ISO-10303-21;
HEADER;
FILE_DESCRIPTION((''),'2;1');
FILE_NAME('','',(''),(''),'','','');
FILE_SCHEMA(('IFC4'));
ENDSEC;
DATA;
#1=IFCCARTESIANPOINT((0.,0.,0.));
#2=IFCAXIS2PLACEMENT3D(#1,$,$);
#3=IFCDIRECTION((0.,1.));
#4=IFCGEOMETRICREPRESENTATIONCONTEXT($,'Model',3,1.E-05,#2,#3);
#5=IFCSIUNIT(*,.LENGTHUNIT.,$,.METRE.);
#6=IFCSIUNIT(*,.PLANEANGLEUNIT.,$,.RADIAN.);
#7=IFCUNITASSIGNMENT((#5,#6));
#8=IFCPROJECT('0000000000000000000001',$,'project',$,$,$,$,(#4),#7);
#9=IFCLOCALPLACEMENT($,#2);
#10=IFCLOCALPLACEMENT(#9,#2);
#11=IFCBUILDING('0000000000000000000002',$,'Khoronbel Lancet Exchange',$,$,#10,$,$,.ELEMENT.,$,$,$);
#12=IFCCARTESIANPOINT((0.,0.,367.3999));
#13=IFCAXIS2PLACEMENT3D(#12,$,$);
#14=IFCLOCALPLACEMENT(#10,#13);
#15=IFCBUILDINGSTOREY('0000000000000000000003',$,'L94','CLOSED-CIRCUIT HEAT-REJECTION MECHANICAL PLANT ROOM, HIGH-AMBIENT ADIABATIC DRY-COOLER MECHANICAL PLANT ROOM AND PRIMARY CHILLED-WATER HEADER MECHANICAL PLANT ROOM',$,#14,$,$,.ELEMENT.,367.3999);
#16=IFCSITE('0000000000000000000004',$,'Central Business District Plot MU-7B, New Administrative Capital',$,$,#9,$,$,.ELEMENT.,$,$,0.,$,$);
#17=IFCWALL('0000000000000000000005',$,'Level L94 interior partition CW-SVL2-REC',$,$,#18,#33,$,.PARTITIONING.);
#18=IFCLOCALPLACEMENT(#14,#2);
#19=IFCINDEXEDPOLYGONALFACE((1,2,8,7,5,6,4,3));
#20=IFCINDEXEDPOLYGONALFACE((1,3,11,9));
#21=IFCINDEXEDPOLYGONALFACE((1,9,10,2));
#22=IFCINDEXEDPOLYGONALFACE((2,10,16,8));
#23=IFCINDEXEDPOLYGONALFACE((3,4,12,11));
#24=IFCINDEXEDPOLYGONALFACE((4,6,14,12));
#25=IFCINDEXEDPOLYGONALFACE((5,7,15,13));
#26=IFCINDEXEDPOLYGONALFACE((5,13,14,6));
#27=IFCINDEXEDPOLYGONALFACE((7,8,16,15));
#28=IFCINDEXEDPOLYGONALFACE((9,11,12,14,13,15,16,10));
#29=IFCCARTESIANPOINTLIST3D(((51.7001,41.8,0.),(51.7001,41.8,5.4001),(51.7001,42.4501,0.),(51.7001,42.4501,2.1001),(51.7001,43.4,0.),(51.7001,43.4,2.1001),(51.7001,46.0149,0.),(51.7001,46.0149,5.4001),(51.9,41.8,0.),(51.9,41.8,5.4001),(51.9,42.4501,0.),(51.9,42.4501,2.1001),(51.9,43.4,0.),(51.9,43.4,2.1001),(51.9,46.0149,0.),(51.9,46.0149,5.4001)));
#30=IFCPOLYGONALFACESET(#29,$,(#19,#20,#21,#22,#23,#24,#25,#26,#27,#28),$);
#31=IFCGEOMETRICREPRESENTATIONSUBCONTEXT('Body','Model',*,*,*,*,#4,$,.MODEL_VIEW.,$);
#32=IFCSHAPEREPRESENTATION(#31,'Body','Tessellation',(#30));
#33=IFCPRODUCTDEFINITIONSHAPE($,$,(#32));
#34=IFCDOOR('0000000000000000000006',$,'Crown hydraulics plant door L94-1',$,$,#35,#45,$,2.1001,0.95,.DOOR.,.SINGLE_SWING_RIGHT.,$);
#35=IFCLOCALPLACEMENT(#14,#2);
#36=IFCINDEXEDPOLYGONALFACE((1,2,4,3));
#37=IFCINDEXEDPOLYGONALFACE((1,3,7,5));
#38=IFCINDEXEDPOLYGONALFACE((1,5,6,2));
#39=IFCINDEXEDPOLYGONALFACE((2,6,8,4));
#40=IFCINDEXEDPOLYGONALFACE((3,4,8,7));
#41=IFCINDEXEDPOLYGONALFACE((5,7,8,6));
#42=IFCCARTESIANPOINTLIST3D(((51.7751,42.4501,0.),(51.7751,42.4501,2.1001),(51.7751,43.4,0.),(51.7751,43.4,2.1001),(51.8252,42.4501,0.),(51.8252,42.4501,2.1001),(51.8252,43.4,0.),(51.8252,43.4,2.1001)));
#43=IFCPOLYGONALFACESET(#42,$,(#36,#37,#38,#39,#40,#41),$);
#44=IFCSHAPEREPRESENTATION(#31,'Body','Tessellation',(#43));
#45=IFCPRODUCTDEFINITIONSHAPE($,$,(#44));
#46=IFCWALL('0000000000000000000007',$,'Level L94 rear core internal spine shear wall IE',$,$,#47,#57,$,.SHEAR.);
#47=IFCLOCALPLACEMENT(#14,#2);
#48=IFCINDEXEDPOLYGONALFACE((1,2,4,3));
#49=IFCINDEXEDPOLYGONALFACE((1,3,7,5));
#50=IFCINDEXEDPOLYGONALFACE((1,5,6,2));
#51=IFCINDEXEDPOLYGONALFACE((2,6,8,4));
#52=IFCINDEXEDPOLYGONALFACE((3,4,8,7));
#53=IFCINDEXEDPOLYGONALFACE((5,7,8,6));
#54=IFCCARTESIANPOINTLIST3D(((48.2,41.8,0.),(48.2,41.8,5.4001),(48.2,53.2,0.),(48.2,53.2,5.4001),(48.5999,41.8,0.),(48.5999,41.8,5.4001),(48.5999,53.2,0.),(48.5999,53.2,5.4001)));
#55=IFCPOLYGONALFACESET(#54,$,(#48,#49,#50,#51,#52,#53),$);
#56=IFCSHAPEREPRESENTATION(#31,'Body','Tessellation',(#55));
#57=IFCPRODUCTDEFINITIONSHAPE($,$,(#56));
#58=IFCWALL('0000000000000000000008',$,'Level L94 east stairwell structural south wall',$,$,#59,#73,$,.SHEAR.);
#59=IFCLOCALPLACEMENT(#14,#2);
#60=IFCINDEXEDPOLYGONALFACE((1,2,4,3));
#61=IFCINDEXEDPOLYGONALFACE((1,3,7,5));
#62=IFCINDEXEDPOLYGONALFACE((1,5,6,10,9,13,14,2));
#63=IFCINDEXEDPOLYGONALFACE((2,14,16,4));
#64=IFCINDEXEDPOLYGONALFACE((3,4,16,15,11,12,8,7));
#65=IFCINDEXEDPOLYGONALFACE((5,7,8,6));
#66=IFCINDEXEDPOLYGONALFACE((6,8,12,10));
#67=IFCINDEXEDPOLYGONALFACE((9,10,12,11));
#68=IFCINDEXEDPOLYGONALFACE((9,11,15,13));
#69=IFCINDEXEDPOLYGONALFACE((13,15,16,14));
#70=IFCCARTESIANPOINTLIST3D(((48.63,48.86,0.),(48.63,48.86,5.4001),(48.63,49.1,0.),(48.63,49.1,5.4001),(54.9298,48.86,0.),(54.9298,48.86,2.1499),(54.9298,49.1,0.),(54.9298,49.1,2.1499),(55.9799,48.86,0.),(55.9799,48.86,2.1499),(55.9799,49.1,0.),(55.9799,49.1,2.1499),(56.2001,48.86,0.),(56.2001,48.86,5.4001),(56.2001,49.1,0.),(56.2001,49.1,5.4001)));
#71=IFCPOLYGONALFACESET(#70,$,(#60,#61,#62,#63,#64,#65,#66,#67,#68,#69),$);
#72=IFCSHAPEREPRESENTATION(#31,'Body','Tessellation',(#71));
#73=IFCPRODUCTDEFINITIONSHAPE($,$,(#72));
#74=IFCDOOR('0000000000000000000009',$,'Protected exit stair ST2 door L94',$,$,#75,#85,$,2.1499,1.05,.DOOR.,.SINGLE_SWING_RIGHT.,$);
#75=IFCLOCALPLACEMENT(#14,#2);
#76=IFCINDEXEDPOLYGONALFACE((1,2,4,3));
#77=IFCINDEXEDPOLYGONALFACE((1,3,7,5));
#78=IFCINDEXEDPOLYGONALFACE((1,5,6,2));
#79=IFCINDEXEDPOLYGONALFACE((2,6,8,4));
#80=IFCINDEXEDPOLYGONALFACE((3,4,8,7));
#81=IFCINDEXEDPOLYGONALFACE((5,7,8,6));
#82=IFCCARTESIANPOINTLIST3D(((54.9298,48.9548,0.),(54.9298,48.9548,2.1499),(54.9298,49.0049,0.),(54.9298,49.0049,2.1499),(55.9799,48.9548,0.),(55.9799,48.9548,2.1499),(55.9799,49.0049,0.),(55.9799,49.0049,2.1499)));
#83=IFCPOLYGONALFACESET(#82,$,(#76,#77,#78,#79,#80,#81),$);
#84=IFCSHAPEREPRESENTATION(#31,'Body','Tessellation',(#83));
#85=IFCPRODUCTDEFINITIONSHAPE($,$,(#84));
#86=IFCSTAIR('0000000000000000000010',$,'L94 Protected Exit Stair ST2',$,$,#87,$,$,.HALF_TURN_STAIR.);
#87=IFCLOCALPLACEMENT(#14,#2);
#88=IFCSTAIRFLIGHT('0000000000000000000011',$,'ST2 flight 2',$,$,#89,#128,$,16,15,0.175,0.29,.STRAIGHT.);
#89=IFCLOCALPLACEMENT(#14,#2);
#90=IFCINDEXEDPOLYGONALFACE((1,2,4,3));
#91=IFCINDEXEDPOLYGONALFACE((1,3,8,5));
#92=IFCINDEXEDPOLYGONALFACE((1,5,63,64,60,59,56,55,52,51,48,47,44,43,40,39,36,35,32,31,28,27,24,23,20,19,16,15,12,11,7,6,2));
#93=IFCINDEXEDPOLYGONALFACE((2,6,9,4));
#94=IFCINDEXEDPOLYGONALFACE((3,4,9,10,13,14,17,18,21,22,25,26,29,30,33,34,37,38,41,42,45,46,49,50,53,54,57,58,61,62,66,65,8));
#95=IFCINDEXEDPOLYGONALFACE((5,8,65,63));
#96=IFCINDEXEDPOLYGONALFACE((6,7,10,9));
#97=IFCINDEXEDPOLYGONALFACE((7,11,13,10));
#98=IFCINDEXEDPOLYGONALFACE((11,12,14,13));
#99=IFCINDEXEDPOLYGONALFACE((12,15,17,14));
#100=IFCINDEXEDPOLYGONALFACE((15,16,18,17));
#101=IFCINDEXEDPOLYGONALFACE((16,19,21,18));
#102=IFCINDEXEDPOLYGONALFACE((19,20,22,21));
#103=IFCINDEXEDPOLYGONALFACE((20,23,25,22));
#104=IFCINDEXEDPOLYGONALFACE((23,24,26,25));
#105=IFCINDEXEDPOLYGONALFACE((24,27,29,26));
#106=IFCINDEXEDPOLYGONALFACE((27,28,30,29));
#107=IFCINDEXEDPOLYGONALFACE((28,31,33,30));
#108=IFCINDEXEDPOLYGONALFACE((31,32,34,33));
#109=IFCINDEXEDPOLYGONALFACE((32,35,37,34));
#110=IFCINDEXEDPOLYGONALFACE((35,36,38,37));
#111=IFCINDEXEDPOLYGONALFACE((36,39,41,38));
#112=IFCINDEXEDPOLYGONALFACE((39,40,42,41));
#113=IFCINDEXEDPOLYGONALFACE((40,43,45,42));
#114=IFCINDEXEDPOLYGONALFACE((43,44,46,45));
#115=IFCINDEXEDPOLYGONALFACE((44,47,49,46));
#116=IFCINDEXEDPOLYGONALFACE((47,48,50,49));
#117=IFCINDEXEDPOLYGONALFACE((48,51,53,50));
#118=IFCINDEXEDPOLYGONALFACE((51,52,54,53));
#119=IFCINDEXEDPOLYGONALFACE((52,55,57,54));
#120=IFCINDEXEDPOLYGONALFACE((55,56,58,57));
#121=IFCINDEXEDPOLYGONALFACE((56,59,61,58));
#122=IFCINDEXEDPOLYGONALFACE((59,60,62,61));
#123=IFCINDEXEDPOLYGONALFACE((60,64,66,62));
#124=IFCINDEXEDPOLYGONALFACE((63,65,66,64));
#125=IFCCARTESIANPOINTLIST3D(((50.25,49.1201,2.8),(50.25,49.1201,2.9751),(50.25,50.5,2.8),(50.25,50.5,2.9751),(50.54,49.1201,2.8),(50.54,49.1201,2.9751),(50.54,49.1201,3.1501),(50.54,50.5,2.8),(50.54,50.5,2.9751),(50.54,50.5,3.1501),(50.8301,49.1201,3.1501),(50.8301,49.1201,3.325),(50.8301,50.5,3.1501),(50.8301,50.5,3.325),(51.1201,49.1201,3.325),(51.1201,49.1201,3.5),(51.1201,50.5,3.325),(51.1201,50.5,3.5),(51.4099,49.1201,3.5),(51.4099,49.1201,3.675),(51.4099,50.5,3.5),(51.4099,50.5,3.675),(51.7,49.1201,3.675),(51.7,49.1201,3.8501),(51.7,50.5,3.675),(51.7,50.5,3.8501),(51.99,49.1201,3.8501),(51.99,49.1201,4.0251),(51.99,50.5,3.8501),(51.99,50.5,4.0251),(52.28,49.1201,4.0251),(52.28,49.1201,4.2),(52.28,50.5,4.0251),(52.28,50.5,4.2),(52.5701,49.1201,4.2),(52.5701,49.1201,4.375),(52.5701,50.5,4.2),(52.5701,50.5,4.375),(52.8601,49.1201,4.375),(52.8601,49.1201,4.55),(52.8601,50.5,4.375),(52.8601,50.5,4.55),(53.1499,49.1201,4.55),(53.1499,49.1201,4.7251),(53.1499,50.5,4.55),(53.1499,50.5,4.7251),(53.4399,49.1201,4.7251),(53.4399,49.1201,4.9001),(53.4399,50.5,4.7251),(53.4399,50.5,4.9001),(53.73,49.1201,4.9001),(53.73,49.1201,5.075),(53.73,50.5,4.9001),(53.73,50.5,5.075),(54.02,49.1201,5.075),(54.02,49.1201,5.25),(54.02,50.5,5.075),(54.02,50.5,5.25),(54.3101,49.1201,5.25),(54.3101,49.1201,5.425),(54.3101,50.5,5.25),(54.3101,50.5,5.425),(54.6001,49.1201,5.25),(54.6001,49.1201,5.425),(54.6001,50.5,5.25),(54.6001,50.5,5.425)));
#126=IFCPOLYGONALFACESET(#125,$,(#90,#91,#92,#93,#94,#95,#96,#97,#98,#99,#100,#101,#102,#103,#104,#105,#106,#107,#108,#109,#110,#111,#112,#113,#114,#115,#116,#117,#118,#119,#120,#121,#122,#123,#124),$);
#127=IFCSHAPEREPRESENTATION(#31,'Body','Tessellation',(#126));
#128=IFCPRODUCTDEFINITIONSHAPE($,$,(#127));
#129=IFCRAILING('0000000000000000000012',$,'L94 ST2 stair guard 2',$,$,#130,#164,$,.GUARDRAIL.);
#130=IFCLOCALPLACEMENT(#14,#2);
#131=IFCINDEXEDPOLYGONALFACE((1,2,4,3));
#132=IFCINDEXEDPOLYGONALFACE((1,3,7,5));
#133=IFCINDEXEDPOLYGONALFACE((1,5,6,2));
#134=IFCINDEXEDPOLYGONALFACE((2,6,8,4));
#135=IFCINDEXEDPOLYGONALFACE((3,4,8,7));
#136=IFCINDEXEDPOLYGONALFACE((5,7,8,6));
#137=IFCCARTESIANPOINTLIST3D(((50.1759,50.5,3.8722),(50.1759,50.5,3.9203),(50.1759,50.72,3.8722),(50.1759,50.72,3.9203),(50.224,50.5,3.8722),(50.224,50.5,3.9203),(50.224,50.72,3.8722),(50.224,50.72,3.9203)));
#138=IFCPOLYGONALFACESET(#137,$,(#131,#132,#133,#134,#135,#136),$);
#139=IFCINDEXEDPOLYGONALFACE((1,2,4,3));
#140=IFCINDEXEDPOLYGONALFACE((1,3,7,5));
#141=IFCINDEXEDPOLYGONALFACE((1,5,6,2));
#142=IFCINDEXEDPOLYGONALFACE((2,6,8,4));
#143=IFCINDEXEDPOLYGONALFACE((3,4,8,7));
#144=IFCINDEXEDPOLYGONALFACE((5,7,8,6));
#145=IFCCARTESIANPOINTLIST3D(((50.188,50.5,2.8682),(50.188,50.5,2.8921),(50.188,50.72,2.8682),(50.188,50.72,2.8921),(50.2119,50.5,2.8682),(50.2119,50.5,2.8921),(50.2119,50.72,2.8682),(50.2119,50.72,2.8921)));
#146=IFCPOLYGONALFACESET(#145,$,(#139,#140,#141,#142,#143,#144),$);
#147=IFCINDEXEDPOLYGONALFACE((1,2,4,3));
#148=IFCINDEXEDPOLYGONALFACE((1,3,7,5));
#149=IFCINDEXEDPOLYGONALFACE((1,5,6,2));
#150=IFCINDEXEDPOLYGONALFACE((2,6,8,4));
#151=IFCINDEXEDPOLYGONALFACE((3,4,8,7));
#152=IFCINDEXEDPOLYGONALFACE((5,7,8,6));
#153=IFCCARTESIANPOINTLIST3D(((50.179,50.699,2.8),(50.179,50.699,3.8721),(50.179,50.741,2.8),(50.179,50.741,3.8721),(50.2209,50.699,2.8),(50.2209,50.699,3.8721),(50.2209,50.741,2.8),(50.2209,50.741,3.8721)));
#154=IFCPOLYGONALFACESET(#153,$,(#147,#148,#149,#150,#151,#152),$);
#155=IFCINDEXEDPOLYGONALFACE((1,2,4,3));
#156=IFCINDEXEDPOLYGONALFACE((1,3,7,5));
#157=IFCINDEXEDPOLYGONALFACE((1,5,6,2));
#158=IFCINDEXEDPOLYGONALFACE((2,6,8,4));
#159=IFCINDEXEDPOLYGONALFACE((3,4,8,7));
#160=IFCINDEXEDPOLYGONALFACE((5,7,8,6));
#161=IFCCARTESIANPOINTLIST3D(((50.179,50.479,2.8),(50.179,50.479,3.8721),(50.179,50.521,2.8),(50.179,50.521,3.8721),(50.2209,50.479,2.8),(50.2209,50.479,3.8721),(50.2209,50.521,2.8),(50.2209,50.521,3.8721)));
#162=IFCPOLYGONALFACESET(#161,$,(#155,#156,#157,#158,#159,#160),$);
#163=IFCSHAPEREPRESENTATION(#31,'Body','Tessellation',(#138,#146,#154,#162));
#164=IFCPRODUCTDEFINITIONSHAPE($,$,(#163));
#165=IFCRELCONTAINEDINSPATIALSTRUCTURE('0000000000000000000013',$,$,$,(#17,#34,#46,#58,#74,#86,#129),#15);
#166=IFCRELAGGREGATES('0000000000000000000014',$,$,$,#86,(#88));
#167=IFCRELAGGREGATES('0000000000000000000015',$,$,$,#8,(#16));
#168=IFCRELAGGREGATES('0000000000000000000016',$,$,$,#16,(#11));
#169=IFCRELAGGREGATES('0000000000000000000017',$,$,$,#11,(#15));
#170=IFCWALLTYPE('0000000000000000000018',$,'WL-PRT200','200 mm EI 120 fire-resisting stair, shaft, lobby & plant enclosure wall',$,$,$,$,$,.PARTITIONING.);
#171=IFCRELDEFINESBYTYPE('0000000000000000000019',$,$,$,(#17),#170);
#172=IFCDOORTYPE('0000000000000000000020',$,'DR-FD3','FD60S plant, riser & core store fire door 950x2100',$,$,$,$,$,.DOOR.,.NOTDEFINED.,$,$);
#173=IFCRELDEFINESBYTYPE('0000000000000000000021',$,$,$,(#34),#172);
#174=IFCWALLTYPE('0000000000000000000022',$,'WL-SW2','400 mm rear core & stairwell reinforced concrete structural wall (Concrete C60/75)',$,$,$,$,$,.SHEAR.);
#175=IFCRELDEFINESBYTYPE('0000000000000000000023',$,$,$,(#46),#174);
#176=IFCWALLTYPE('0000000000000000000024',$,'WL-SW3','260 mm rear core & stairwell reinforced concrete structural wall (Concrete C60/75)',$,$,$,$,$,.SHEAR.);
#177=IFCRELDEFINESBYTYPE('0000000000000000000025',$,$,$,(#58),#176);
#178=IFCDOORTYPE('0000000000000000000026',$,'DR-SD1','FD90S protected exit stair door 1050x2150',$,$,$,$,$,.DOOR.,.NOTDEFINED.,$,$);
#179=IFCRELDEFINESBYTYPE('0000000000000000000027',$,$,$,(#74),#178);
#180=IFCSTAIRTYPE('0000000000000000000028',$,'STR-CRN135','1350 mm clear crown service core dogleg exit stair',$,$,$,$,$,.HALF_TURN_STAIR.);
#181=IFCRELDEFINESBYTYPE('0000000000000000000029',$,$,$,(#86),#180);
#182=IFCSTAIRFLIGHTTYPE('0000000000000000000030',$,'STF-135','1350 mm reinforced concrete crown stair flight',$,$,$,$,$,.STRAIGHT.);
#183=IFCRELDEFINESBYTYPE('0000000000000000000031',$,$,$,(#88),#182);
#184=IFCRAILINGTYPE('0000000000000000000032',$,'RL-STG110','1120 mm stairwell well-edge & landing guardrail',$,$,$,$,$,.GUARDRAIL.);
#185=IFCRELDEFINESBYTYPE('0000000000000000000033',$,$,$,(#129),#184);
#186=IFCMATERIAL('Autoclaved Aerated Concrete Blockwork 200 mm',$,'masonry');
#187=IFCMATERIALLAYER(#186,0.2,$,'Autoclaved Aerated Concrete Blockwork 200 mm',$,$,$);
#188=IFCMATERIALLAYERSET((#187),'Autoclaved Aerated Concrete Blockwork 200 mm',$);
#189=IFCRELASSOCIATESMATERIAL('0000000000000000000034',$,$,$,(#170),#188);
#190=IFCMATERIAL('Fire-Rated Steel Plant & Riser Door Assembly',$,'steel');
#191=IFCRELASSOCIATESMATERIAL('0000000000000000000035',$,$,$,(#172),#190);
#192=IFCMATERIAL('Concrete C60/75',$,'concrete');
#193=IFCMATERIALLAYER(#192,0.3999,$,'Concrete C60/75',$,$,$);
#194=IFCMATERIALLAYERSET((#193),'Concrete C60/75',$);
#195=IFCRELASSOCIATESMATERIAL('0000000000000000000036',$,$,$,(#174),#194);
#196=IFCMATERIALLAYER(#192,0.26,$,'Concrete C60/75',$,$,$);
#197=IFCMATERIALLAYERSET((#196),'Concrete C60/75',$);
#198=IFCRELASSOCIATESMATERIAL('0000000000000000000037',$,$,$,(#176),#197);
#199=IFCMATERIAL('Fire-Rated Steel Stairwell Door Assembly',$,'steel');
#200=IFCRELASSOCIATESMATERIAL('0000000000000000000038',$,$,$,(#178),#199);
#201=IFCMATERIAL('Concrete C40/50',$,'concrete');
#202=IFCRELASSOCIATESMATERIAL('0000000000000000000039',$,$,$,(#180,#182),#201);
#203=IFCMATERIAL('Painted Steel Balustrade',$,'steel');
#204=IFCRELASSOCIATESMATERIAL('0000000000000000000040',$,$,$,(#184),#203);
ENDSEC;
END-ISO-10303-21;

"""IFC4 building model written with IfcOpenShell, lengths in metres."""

from ifc_helpers import new_model, si_unit, direction, frame, frame_2d, origin, origin_2d, place, context, subcontext, project, spatial, polyline, rectangle, outline, extrude, material, layer, layer_set, type_object, element, fill, aggregate, save


model = new_model("IFC4")

# Units and contexts
model_context = context("Model", 3, precision=1e-05, world=origin(), true_north=direction((0.0, 1.0)))
body_context = subcontext(model_context, "Body", "Model", "MODEL_VIEW")
ifc_project = project(units=[si_unit("LENGTHUNIT", "METRE"), si_unit("PLANEANGLEUNIT", "RADIAN")], contexts=[model_context])

# Site, building, storey
site_placement = place(None, origin())
site = spatial("IfcSite", under=ifc_project, at=site_placement, Name="Central Business District Plot MU-7B, New Administrative Capital", CompositionType="ELEMENT", RefElevation=0.0)
building_placement = place(site_placement, origin())
building = spatial("IfcBuilding", under=site, at=building_placement, Name="Khoronbel Lancet Exchange", CompositionType="ELEMENT")
storey_placement = place(building_placement, frame((0.0, 0.0, 367.3999)))
storey = spatial("IfcBuildingStorey", under=building, at=storey_placement, Name="L94", Description="CLOSED-CIRCUIT HEAT-REJECTION MECHANICAL PLANT ROOM, HIGH-AMBIENT ADIABATIC DRY-COOLER MECHANICAL PLANT ROOM AND PRIMARY CHILLED-WATER HEADER MECHANICAL PLANT ROOM", CompositionType="ELEMENT", Elevation=367.3999)

# Shared definitions
ifc_material_1 = material(Name="Autoclaved Aerated Concrete Blockwork 200 mm", Category="masonry")
ifc_layer_1 = layer(ifc_material_1, 0.2, Name="Autoclaved Aerated Concrete Blockwork 200 mm")
ifc_layer_set_1 = layer_set([ifc_layer_1], Name="Autoclaved Aerated Concrete Blockwork 200 mm")
wall_type_1 = type_object("IfcWallType", Name="WL-PRT200", Description="200 mm EI 120 fire-resisting stair, shaft, lobby & plant enclosure wall", PredefinedType="PARTITIONING", material=ifc_layer_set_1)

# Wall, opening, door
wall_1_placement = place(storey_placement, frame((51.8, 41.8, 0.0), z_axis=(0.0, 0.0, 1.0), x_axis=(0.0, 1.0, 0.0)))
wall_1 = element("IfcWall", 1, at=wall_1_placement, inside=storey, type_object=wall_type_1, Name="Level L94 interior partition CW-SVL2-REC", PredefinedType="PARTITIONING", context=body_context, shape_type="SweptSolid", body=[
    extrude(rectangle(XDim=4.2148, YDim=0.2, at=frame_2d((2.1074, 0.0))), origin(), (0.0, 0.0, 1.0), 5.4001),
])
opening_1_placement = place(wall_1_placement, frame((0.6499, 0.0, 0.0)))
opening_1 = element("IfcOpeningElement", 2, at=opening_1_placement, cuts=wall_1, PredefinedType="OPENING", context=body_context, shape_type="SweptSolid", body=[
    extrude(rectangle(XDim=0.95, YDim=2.1001, at=frame_2d((0.4751, 1.05))), frame((0.0, 0.1099, 0.0), z_axis=(0.0, -1.0, 0.0), x_axis=(1.0, 0.0, 0.0)), (0.0, 0.0, 1.0), 0.22),
])
ifc_material_2 = material(Name="Fire-Rated Steel Plant & Riser Door Assembly", Category="steel")
door_type_1 = type_object("IfcDoorType", Name="DR-FD3", Description="FD60S plant, riser & core store fire door 950x2100", OperationType="NOTDEFINED", PredefinedType="DOOR", material=ifc_material_2)
door_1_placement = place(opening_1_placement, origin())
door_1 = element("IfcDoor", 3, at=door_1_placement, inside=storey, type_object=door_type_1, Name="Crown hydraulics plant door L94-1", OperationType="SINGLE_SWING_RIGHT", OverallHeight=2.1001, OverallWidth=0.95, PredefinedType="DOOR", context=body_context, shape_type="SweptSolid", body=[
    extrude(rectangle(XDim=0.95, YDim=2.1001, at=frame_2d((0.4751, 1.05))), frame((0.0, 0.0249, 0.0), z_axis=(0.0, -1.0, 0.0), x_axis=(1.0, 0.0, 0.0)), (0.0, 0.0, 1.0), 0.05),
])
fill(opening_1, door_1)

# Wall
ifc_material_3 = material(Name="Concrete C60/75", Category="concrete")
ifc_layer_2 = layer(ifc_material_3, 0.3999, Name="Concrete C60/75")
ifc_layer_set_2 = layer_set([ifc_layer_2], Name="Concrete C60/75")
wall_type_2 = type_object("IfcWallType", Name="WL-SW2", Description="400 mm rear core & stairwell reinforced concrete structural wall (Concrete C60/75)", PredefinedType="SHEAR", material=ifc_layer_set_2)
wall_2_placement = place(storey_placement, frame((48.3999, 41.8, 0.0), z_axis=(0.0, 0.0, 1.0), x_axis=(0.0, 1.0, 0.0)))
element("IfcWall", 4, at=wall_2_placement, inside=storey, type_object=wall_type_2, Name="Level L94 rear core internal spine shear wall IE", PredefinedType="SHEAR", context=body_context, shape_type="SweptSolid", body=[
    extrude(rectangle(XDim=11.3999, YDim=0.3999, at=frame_2d((5.7, 0.0))), origin(), (0.0, 0.0, 1.0), 5.4001),
])

# Wall, opening, door
ifc_layer_3 = layer(ifc_material_3, 0.26, Name="Concrete C60/75")
ifc_layer_set_3 = layer_set([ifc_layer_3], Name="Concrete C60/75")
wall_type_3 = type_object("IfcWallType", Name="WL-SW3", Description="260 mm rear core & stairwell reinforced concrete structural wall (Concrete C60/75)", PredefinedType="SHEAR", material=ifc_layer_set_3)
wall_3_placement = place(storey_placement, frame((48.6299, 48.98, 0.0), z_axis=(0.0, 0.0, 1.0), x_axis=(1.0, 0.0, 0.0)))
wall_3 = element("IfcWall", 5, at=wall_3_placement, inside=storey, type_object=wall_type_3, Name="Level L94 east stairwell structural south wall", PredefinedType="SHEAR", context=body_context, shape_type="SweptSolid", body=[
    extrude(rectangle(XDim=7.5701, YDim=0.24, at=frame_2d((3.7852, 0.0))), origin(), (0.0, 0.0, 1.0), 5.4001),
])
opening_2_placement = place(wall_3_placement, frame((6.3, 0.0, 0.0)))
opening_2 = element("IfcOpeningElement", 6, at=opening_2_placement, cuts=wall_3, PredefinedType="OPENING", context=body_context, shape_type="SweptSolid", body=[
    extrude(rectangle(XDim=1.05, YDim=2.1499, at=frame_2d((0.5249, 1.075))), frame((0.0, 0.1299, 0.0), z_axis=(0.0, -1.0, 0.0), x_axis=(1.0, 0.0, 0.0)), (0.0, 0.0, 1.0), 0.26),
])
ifc_material_4 = material(Name="Fire-Rated Steel Stairwell Door Assembly", Category="steel")
door_type_2 = type_object("IfcDoorType", Name="DR-SD1", Description="FD90S protected exit stair door 1050x2150", OperationType="NOTDEFINED", PredefinedType="DOOR", material=ifc_material_4)
door_2_placement = place(opening_2_placement, origin())
door_2 = element("IfcDoor", 7, at=door_2_placement, inside=storey, type_object=door_type_2, Name="Protected exit stair ST2 door L94", OperationType="SINGLE_SWING_RIGHT", OverallHeight=2.1499, OverallWidth=1.05, PredefinedType="DOOR", context=body_context, shape_type="SweptSolid", body=[
    extrude(rectangle(XDim=1.05, YDim=2.1499, at=frame_2d((0.5249, 1.075))), frame((0.0, 0.0249, 0.0), z_axis=(0.0, -1.0, 0.0), x_axis=(1.0, 0.0, 0.0)), (0.0, 0.0, 1.0), 0.05),
])
fill(opening_2, door_2)

# Stair, stair flight
ifc_material_5 = material(Name="Concrete C40/50", Category="concrete")
stair_type = type_object("IfcStairType", Name="STR-CRN135", Description="1350 mm clear crown service core dogleg exit stair", PredefinedType="HALF_TURN_STAIR", material=ifc_material_5)
stair_placement = place(storey_placement, origin())
stair = element("IfcStair", 8, at=stair_placement, inside=storey, type_object=stair_type, Name="L94 Protected Exit Stair ST2", PredefinedType="HALF_TURN_STAIR")
stair_flight_type = type_object("IfcStairFlightType", Name="STF-135", Description="1350 mm reinforced concrete crown stair flight", PredefinedType="STRAIGHT", material=ifc_material_5)
stair_flight_placement = place(storey_placement, frame((50.25, 49.8101, 2.8), z_axis=(0.0, 0.0, 1.0), x_axis=(1.0, 0.0, 0.0)))
stair_flight = element("IfcStairFlight", 9, at=stair_flight_placement, type_object=stair_flight_type, Name="ST2 flight 2", NumberOfRisers=16, NumberOfTreads=15, PredefinedType="STRAIGHT", RiserHeight=0.175, TreadLength=0.29, context=body_context, shape_type="SweptSolid", body=[
    extrude(outline(polyline([(0.0, 0.0), (0.0, 0.175), (0.29, 0.175), (0.29, 0.3501), (0.5801, 0.3501), (0.5801, 0.5249), (0.8701, 0.5249), (0.8701, 0.7), (1.1599, 0.7), (1.1599, 0.875), (1.45, 0.875), (1.45, 1.05), (1.74, 1.05), (1.74, 1.2251), (2.03, 1.2251), (2.03, 1.3999), (2.3201, 1.3999), (2.3201, 1.575), (2.6101, 1.575), (2.6101, 1.75), (2.8999, 1.75), (2.8999, 1.925), (3.1899, 1.925), (3.1899, 2.1001), (3.48, 2.1001), (3.48, 2.2749), (3.77, 2.2749), (3.77, 2.45), (4.0601, 2.45), (4.0601, 2.625), (4.3501, 2.625), (4.3501, 2.8), (4.3501, 2.45), (0.29, 0.0), (0.0, 0.0)])), frame((0.0, 0.6899, 0.0), z_axis=(0.0, -1.0, 0.0), x_axis=(1.0, 0.0, 0.0)), (0.0, 0.0, 1.0), 1.3799),
])
aggregate(stair, [stair_flight])

# Railing
ifc_material_6 = material(Name="Painted Steel Balustrade", Category="steel")
railing_type_1 = type_object("IfcRailingType", Name="RL-STG110", Description="1120 mm stairwell well-edge & landing guardrail", PredefinedType="GUARDRAIL", material=ifc_material_6)
railing_1_placement = place(storey_placement, frame((50.2, 50.72, 2.8)))
element("IfcRailing", 10, at=railing_1_placement, inside=storey, type_object=railing_type_1, Name="L94 ST2 stair guard 2", PredefinedType="GUARDRAIL", context=body_context, shape_type="SweptSolid", body=[
    extrude(rectangle(XDim=0.0481, YDim=0.0481, at=origin_2d()), frame((0.0, 0.0, 1.0962), z_axis=(0.0, -1.0, 0.0), x_axis=(1.0, 0.0, 0.0)), (0.0, 0.0, 1.0), 0.22),
    extrude(rectangle(XDim=0.0239, YDim=0.0239, at=origin_2d()), frame((0.0, 0.0, 0.0801), z_axis=(0.0, -1.0, 0.0), x_axis=(1.0, 0.0, 0.0)), (0.0, 0.0, 1.0), 0.22),
    extrude(rectangle(XDim=0.042, YDim=0.042, at=origin_2d()), origin(), (0.0, 0.0, 1.0), 1.072),
    extrude(rectangle(XDim=0.042, YDim=0.042, at=origin_2d()), frame((0.0, -0.22, 0.0)), (0.0, 0.0, 1.0), 1.072),
])

save(model, "model.ifc")
